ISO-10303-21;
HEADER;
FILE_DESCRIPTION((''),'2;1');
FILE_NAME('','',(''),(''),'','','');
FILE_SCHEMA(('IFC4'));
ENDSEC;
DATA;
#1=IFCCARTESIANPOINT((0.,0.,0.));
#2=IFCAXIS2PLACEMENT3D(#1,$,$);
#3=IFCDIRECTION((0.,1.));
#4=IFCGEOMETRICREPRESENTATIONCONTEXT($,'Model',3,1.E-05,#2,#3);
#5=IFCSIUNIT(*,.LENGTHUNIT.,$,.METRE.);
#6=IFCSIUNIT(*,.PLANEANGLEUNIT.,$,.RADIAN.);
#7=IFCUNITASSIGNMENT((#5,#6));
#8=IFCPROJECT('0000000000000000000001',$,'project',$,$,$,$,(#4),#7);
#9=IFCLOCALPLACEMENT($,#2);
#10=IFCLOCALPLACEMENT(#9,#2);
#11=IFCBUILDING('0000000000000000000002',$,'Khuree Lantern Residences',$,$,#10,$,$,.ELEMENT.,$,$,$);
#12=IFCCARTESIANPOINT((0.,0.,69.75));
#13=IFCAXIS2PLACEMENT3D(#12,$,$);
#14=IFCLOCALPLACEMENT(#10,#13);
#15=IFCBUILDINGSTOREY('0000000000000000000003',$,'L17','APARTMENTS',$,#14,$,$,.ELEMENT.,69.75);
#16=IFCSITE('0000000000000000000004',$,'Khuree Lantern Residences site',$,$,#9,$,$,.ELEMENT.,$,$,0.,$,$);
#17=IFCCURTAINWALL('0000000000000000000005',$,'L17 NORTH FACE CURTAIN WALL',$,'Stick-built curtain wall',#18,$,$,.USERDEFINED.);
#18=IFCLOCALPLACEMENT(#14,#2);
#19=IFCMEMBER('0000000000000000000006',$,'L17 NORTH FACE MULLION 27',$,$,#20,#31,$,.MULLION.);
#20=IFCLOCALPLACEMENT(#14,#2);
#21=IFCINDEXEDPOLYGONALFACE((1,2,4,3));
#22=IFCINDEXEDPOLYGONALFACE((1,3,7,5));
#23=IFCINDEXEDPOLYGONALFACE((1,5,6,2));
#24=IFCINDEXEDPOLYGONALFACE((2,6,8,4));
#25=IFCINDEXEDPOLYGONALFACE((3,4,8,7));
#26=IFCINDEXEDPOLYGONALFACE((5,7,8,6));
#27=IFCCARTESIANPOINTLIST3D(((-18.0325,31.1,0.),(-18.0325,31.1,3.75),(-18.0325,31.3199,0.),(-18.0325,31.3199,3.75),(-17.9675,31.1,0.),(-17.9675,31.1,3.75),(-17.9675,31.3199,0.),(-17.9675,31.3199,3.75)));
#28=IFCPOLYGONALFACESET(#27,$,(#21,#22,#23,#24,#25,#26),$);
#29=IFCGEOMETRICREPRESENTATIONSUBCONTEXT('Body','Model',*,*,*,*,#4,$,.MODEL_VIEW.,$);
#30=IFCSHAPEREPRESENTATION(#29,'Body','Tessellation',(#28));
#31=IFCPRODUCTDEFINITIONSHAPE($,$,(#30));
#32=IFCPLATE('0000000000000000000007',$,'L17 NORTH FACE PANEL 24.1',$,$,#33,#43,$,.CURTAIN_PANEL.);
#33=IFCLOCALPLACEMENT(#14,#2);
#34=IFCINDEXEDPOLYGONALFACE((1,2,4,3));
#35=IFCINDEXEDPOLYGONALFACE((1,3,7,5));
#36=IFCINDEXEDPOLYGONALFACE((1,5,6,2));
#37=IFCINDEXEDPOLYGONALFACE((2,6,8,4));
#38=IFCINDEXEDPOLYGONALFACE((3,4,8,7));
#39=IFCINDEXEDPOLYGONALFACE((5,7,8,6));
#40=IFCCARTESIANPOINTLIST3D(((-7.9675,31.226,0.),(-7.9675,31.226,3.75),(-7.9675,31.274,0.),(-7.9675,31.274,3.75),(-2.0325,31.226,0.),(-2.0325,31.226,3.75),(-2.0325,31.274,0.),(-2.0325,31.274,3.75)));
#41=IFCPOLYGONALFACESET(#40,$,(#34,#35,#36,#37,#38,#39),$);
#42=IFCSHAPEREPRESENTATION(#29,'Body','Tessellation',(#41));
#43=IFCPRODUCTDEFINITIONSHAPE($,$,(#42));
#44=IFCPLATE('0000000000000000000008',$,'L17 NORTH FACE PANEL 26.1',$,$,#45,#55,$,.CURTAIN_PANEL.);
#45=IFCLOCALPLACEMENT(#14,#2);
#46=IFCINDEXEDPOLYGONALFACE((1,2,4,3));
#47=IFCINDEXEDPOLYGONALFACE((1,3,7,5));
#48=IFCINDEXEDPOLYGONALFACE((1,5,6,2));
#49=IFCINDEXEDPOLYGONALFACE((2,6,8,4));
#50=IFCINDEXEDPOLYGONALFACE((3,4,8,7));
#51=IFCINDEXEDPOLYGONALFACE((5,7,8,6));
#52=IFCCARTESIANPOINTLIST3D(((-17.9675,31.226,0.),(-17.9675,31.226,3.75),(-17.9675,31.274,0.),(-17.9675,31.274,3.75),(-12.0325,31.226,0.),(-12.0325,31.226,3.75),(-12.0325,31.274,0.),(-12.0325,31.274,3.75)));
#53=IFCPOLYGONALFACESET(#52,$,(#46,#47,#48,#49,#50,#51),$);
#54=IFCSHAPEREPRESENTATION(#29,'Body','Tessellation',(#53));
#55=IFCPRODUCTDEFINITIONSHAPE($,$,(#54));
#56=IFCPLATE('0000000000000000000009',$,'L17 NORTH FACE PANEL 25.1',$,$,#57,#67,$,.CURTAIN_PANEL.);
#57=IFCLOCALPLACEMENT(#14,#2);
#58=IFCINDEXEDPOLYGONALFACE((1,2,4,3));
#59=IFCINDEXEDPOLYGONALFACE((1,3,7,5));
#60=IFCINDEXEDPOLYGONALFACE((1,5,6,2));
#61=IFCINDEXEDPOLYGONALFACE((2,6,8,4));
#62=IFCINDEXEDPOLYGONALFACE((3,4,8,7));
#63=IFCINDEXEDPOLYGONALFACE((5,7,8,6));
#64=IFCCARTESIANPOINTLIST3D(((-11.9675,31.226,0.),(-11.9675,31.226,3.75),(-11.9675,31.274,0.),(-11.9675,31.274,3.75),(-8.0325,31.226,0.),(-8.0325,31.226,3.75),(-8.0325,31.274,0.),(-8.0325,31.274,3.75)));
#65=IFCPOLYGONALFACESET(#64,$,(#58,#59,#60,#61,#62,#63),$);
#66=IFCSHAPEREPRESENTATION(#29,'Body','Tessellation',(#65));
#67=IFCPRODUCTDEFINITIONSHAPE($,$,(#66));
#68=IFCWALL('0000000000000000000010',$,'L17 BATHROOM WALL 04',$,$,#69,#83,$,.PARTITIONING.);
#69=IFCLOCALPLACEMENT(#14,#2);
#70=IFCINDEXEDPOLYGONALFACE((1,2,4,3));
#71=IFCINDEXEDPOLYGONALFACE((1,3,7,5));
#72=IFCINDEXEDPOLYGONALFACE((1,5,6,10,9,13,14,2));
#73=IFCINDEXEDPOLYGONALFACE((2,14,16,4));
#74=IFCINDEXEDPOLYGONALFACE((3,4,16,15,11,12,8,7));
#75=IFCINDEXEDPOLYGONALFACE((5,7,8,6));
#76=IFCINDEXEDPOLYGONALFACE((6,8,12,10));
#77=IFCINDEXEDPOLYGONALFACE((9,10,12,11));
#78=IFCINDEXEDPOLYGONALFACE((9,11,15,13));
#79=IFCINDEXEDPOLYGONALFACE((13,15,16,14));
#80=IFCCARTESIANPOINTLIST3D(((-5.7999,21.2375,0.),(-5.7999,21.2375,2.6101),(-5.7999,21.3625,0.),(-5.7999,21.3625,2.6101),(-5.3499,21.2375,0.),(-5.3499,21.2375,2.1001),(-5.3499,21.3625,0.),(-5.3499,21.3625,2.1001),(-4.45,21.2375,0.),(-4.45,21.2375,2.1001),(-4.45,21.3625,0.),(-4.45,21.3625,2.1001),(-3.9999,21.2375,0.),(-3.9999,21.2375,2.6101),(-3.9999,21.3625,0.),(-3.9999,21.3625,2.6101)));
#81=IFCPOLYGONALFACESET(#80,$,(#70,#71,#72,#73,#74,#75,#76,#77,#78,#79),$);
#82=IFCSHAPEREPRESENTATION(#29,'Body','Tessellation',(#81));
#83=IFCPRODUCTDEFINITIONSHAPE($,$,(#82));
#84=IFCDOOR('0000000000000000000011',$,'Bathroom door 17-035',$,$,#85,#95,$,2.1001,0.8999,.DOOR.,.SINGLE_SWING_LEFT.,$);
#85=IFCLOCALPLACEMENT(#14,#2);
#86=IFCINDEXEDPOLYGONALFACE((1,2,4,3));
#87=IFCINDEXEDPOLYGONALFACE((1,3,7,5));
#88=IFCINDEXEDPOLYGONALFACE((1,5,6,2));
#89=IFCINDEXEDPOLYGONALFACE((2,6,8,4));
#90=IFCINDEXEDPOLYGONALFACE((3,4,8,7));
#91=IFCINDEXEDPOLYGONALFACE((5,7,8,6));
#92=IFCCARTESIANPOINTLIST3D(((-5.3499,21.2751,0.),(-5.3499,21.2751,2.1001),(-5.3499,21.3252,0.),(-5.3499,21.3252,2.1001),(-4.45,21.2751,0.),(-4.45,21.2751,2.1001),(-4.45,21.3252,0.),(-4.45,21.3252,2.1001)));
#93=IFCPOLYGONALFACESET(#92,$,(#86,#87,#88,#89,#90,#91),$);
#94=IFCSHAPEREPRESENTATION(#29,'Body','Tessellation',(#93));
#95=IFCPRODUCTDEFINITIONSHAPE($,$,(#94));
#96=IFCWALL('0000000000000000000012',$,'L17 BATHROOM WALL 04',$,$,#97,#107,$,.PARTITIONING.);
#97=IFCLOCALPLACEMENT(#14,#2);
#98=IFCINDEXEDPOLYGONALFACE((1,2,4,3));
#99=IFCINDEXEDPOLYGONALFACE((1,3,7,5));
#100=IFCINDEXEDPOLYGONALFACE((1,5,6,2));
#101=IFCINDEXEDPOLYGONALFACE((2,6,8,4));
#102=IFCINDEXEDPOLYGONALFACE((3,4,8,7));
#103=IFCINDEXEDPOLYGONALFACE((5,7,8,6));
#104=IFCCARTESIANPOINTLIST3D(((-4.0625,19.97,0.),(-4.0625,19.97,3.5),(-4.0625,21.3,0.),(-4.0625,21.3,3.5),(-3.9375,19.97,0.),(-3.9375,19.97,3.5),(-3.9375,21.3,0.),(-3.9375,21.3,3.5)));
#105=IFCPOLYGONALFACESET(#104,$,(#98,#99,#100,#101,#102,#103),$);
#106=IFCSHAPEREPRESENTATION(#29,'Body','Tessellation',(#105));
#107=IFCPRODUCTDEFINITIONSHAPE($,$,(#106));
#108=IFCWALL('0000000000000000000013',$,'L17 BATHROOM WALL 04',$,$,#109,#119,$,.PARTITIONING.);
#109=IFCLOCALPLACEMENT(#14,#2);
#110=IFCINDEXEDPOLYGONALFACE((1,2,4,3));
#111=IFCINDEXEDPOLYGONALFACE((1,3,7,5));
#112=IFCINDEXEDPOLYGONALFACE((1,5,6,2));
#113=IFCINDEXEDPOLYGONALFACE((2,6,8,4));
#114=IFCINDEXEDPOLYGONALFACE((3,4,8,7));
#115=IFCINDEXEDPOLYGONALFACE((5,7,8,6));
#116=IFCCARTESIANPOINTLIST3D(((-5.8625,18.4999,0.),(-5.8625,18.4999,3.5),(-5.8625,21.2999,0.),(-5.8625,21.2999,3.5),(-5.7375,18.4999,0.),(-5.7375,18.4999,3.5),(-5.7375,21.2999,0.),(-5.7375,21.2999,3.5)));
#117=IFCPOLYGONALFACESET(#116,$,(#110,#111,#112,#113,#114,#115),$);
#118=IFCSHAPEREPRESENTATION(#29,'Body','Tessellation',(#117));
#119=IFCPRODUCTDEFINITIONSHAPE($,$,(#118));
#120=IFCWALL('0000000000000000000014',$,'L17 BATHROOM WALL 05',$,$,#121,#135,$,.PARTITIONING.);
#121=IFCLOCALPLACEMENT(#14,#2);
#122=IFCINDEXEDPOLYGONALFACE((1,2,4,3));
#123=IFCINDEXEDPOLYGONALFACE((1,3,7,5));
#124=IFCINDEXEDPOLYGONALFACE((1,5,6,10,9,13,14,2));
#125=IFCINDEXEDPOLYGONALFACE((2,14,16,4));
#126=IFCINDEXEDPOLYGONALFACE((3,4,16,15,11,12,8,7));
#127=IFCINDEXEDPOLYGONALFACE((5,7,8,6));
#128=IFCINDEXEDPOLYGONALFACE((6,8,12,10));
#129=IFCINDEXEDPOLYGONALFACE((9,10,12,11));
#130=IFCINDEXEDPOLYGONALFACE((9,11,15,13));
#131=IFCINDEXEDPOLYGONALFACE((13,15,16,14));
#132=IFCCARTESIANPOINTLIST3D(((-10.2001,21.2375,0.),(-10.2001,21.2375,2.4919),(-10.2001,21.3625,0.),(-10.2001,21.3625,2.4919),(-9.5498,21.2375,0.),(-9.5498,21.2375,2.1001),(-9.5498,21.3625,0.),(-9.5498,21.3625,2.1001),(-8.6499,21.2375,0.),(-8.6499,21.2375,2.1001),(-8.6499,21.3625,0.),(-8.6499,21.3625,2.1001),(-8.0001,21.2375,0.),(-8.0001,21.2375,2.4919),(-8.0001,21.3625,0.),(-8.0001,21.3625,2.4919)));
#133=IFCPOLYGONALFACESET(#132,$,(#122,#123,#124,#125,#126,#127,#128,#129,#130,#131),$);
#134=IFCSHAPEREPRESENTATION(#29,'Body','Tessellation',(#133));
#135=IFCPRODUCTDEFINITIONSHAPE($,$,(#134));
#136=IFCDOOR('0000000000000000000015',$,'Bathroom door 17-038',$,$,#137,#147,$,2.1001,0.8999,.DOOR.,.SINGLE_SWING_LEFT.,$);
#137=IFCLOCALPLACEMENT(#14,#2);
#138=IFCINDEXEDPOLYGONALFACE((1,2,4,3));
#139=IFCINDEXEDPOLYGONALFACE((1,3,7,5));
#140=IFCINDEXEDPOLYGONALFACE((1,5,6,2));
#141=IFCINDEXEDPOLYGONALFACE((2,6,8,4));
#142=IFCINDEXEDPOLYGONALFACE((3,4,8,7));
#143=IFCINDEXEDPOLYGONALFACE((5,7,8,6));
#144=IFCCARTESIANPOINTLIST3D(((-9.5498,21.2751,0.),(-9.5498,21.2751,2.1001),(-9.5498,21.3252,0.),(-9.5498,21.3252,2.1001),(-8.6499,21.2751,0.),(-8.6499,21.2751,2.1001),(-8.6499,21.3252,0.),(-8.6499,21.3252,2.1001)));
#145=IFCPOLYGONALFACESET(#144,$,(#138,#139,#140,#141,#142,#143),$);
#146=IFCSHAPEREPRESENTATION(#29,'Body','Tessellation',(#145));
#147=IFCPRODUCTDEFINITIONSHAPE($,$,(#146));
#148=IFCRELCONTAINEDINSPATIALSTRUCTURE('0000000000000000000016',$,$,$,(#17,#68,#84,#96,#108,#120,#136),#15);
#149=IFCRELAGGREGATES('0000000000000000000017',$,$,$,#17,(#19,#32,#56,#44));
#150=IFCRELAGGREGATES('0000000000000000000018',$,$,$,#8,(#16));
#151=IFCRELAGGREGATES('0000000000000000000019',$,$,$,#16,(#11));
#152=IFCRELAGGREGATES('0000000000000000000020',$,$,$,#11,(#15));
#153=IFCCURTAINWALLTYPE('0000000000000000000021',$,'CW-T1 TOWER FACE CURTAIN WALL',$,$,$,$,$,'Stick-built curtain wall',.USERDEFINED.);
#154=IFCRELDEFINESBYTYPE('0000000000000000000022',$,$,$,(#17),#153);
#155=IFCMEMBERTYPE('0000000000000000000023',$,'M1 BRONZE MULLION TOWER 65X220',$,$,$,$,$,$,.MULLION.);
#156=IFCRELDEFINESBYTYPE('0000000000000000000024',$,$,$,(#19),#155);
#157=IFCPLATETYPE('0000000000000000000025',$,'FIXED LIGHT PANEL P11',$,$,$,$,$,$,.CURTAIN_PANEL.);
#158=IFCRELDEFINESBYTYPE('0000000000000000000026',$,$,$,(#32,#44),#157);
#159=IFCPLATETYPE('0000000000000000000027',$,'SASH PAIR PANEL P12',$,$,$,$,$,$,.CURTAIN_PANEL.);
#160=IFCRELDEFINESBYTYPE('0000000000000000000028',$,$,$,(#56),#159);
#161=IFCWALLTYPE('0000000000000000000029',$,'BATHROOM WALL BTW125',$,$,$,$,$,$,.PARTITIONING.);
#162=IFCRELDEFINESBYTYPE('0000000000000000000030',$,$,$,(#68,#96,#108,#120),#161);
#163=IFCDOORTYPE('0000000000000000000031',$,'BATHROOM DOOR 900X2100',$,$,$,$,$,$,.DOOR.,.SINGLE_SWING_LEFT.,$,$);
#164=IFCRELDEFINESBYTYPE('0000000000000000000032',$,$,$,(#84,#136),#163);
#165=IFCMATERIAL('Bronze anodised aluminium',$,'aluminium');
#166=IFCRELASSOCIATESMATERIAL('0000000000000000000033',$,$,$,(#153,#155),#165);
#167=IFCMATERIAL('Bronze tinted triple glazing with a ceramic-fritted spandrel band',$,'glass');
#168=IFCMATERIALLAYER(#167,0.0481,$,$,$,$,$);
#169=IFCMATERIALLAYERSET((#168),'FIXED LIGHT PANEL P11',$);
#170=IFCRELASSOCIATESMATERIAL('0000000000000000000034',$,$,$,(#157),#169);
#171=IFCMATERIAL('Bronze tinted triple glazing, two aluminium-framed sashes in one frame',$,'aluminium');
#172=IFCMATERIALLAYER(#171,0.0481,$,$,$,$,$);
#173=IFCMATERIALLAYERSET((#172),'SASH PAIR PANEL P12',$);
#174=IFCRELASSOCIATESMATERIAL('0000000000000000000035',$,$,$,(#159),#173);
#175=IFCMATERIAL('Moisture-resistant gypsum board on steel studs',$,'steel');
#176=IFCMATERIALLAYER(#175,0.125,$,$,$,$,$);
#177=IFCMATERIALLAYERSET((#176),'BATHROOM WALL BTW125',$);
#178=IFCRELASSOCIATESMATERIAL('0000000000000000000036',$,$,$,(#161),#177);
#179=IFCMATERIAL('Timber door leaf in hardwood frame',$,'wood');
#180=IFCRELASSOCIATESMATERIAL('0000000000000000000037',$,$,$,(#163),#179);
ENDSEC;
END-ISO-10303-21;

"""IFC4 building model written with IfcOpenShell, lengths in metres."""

from ifc_helpers import new_model, si_unit, direction, frame, frame_2d, origin, origin_2d, place, context, subcontext, project, spatial, rectangle, extrude, material, layer, layer_set, material_profile, profile_set, type_object, element, fill, aggregate, save


model = new_model("IFC4")

# Units and contexts
model_context = context("Model", 3, precision=1e-05, world=origin(), true_north=direction((0.0, 1.0)))
body_context = subcontext(model_context, "Body", "Model", "MODEL_VIEW")
ifc_project = project(units=[si_unit("LENGTHUNIT", "METRE"), si_unit("PLANEANGLEUNIT", "RADIAN")], contexts=[model_context])

# Site, building, storey
site_placement = place(None, origin())
site = spatial("IfcSite", under=ifc_project, at=site_placement, Name="Khuree Lantern Residences site", CompositionType="ELEMENT", RefElevation=0.0)
building_placement = place(site_placement, origin())
building = spatial("IfcBuilding", under=site, at=building_placement, Name="Khuree Lantern Residences", CompositionType="ELEMENT")
storey_placement = place(building_placement, frame((0.0, 0.0, 69.75)))
storey = spatial("IfcBuildingStorey", under=building, at=storey_placement, Name="L17", Description="APARTMENTS", CompositionType="ELEMENT", Elevation=69.75)

# Curtain wall
ifc_material_1 = material(Name="Bronze anodised aluminium", Category="aluminium")
curtain_wall_type = type_object("IfcCurtainWallType", Name="CW-T1 TOWER FACE CURTAIN WALL", ElementType="Stick-built curtain wall", PredefinedType="USERDEFINED", material=ifc_material_1)
curtain_wall_placement = place(storey_placement, origin())
curtain_wall = element("IfcCurtainWall", 1, at=curtain_wall_placement, inside=storey, type_object=curtain_wall_type, Name="L17 NORTH FACE CURTAIN WALL", ObjectType="Stick-built curtain wall", PredefinedType="USERDEFINED")

# Member
ifc_material_profile_1 = material_profile(ifc_material_1, rectangle(XDim=0.0649, YDim=0.22, at=origin_2d()), Name="M1 65X220")
ifc_profile_set_1 = profile_set([ifc_material_profile_1], Name="Bronze anodised aluminium")
member_type_1 = type_object("IfcMemberType", Name="M1 BRONZE MULLION TOWER 65X220", PredefinedType="MULLION", material=ifc_profile_set_1)
member_1_placement = place(storey_placement, frame((-18.0, 31.21, 0.0), z_axis=(0.0, 0.0, 1.0), x_axis=(-1.0, 0.0, 0.0)))
member_1 = element("IfcMember", 2, at=member_1_placement, type_object=member_type_1, Name="L17 NORTH FACE MULLION 27", PredefinedType="MULLION", context=body_context, shape_type="SweptSolid", body=[
    extrude(rectangle(XDim=0.0649, YDim=0.22, at=origin_2d()), origin(), (0.0, 0.0, 1.0), 3.75),
])

# Plates
ifc_material_2 = material(Name="Bronze tinted triple glazing with a ceramic-fritted spandrel band", Category="glass")
ifc_layer_1 = layer(ifc_material_2, 0.0481)
ifc_layer_set_1 = layer_set([ifc_layer_1], Name="FIXED LIGHT PANEL P11")
plate_type_1 = type_object("IfcPlateType", Name="FIXED LIGHT PANEL P11", PredefinedType="CURTAIN_PANEL", material=ifc_layer_set_1)
plate_1_placement = place(storey_placement, frame((-5.0, 31.25, 0.0), z_axis=(0.0, 0.0, 1.0), x_axis=(-1.0, 0.0, 0.0)))
plate_1 = element("IfcPlate", 3, at=plate_1_placement, type_object=plate_type_1, Name="L17 NORTH FACE PANEL 24.1", PredefinedType="CURTAIN_PANEL", context=body_context, shape_type="SweptSolid", body=[
    extrude(rectangle(XDim=5.9351, YDim=0.0481, at=origin_2d()), origin(), (0.0, 0.0, 1.0), 3.75),
])
plate_2_placement = place(storey_placement, frame((-15.0, 31.25, 0.0), z_axis=(0.0, 0.0, 1.0), x_axis=(-1.0, 0.0, 0.0)))
plate_2 = element("IfcPlate", 4, at=plate_2_placement, type_object=plate_type_1, Name="L17 NORTH FACE PANEL 26.1", PredefinedType="CURTAIN_PANEL", context=body_context, shape_type="SweptSolid", body=[
    extrude(rectangle(XDim=5.9351, YDim=0.0481, at=origin_2d()), origin(), (0.0, 0.0, 1.0), 3.75),
])
ifc_material_3 = material(Name="Bronze tinted triple glazing, two aluminium-framed sashes in one frame", Category="aluminium")
ifc_layer_2 = layer(ifc_material_3, 0.0481)
ifc_layer_set_2 = layer_set([ifc_layer_2], Name="SASH PAIR PANEL P12")
plate_type_2 = type_object("IfcPlateType", Name="SASH PAIR PANEL P12", PredefinedType="CURTAIN_PANEL", material=ifc_layer_set_2)
plate_3_placement = place(storey_placement, frame((-10.0, 31.25, 0.0), z_axis=(0.0, 0.0, 1.0), x_axis=(-1.0, 0.0, 0.0)))
plate_3 = element("IfcPlate", 5, at=plate_3_placement, type_object=plate_type_2, Name="L17 NORTH FACE PANEL 25.1", PredefinedType="CURTAIN_PANEL", context=body_context, shape_type="SweptSolid", body=[
    extrude(rectangle(XDim=3.9351, YDim=0.0481, at=origin_2d()), origin(), (0.0, 0.0, 1.0), 3.75),
])
aggregate(curtain_wall, [member_1, plate_1, plate_3, plate_2])

# Wall, opening, door
ifc_material_4 = material(Name="Moisture-resistant gypsum board on steel studs", Category="steel")
ifc_layer_3 = layer(ifc_material_4, 0.125)
ifc_layer_set_3 = layer_set([ifc_layer_3], Name="BATHROOM WALL BTW125")
wall_type_1 = type_object("IfcWallType", Name="BATHROOM WALL BTW125", PredefinedType="PARTITIONING", material=ifc_layer_set_3)
wall_1_placement = place(storey_placement, frame((-4.0, 21.3, 0.0), z_axis=(0.0, 0.0, 1.0), x_axis=(-1.0, 0.0, 0.0)))
wall_1 = element("IfcWall", 6, at=wall_1_placement, inside=storey, type_object=wall_type_1, Name="L17 BATHROOM WALL 04", PredefinedType="PARTITIONING", context=body_context, shape_type="SweptSolid", body=[
    extrude(rectangle(XDim=1.8, YDim=0.125, at=frame_2d((0.8999, 0.0))), origin(), (0.0, 0.0, 1.0), 2.6101),
])
opening_1_placement = place(wall_1_placement, frame((0.45, 0.0, 0.0)))
opening_1 = element("IfcOpeningElement", 7, at=opening_1_placement, cuts=wall_1, PredefinedType="OPENING", context=body_context, shape_type="SweptSolid", body=[
    extrude(rectangle(XDim=0.8999, YDim=2.1001, at=frame_2d((0.45, 1.05))), frame((0.0, 0.0725, 0.0), z_axis=(0.0, -1.0, 0.0), x_axis=(1.0, 0.0, 0.0)), (0.0, 0.0, 1.0), 0.145),
])
ifc_material_5 = material(Name="Timber door leaf in hardwood frame", Category="wood")
door_type_1 = type_object("IfcDoorType", Name="BATHROOM DOOR 900X2100", OperationType="SINGLE_SWING_LEFT", PredefinedType="DOOR", material=ifc_material_5)
door_1_placement = place(opening_1_placement, origin())
door_1 = element("IfcDoor", 8, at=door_1_placement, inside=storey, type_object=door_type_1, Name="Bathroom door 17-035", OperationType="SINGLE_SWING_LEFT", OverallHeight=2.1001, OverallWidth=0.8999, PredefinedType="DOOR", context=body_context, shape_type="SweptSolid", body=[
    extrude(rectangle(XDim=0.8999, YDim=2.1001, at=frame_2d((0.45, 1.05))), frame((0.0, 0.0249, 0.0), z_axis=(0.0, -1.0, 0.0), x_axis=(1.0, 0.0, 0.0)), (0.0, 0.0, 1.0), 0.05),
])
fill(opening_1, door_1)

# Walls
wall_2_placement = place(storey_placement, frame((-4.0, 19.97, 0.0), z_axis=(0.0, 0.0, 1.0), x_axis=(0.0, 1.0, 0.0)))
element("IfcWall", 9, at=wall_2_placement, inside=storey, type_object=wall_type_1, Name="L17 BATHROOM WALL 04", PredefinedType="PARTITIONING", context=body_context, shape_type="SweptSolid", body=[
    extrude(rectangle(XDim=1.3301, YDim=0.125, at=frame_2d((0.665, 0.0))), origin(), (0.0, 0.0, 1.0), 3.5),
])
wall_3_placement = place(storey_placement, frame((-5.8, 18.5, 0.0), z_axis=(0.0, 0.0, 1.0), x_axis=(0.0, 1.0, 0.0)))
element("IfcWall", 10, at=wall_3_placement, inside=storey, type_object=wall_type_1, Name="L17 BATHROOM WALL 04", PredefinedType="PARTITIONING", context=body_context, shape_type="SweptSolid", body=[
    extrude(rectangle(XDim=2.8, YDim=0.125, at=frame_2d((1.3999, 0.0))), origin(), (0.0, 0.0, 1.0), 3.5),
])

# Wall, opening, door
wall_4_placement = place(storey_placement, frame((-8.0, 21.3, 0.0), z_axis=(0.0, 0.0, 1.0), x_axis=(-1.0, 0.0, 0.0)))
wall_4 = element("IfcWall", 11, at=wall_4_placement, inside=storey, type_object=wall_type_1, Name="L17 BATHROOM WALL 05", PredefinedType="PARTITIONING", context=body_context, shape_type="SweptSolid", body=[
    extrude(rectangle(XDim=2.2, YDim=0.125, at=frame_2d((1.1001, 0.0))), origin(), (0.0, 0.0, 1.0), 2.4919),
])
opening_2_placement = place(wall_4_placement, frame((0.6499, 0.0, 0.0)))
opening_2 = element("IfcOpeningElement", 12, at=opening_2_placement, cuts=wall_4, PredefinedType="OPENING", context=body_context, shape_type="SweptSolid", body=[
    extrude(rectangle(XDim=0.8999, YDim=2.1001, at=frame_2d((0.45, 1.05))), frame((0.0, 0.0725, 0.0), z_axis=(0.0, -1.0, 0.0), x_axis=(1.0, 0.0, 0.0)), (0.0, 0.0, 1.0), 0.145),
])
door_2_placement = place(opening_2_placement, origin())
door_2 = element("IfcDoor", 13, at=door_2_placement, inside=storey, type_object=door_type_1, Name="Bathroom door 17-038", OperationType="SINGLE_SWING_LEFT", OverallHeight=2.1001, OverallWidth=0.8999, PredefinedType="DOOR", context=body_context, shape_type="SweptSolid", body=[
    extrude(rectangle(XDim=0.8999, YDim=2.1001, at=frame_2d((0.45, 1.05))), frame((0.0, 0.0249, 0.0), z_axis=(0.0, -1.0, 0.0), x_axis=(1.0, 0.0, 0.0)), (0.0, 0.0, 1.0), 0.05),
])
fill(opening_2, door_2)

save(model, "model.ifc")
